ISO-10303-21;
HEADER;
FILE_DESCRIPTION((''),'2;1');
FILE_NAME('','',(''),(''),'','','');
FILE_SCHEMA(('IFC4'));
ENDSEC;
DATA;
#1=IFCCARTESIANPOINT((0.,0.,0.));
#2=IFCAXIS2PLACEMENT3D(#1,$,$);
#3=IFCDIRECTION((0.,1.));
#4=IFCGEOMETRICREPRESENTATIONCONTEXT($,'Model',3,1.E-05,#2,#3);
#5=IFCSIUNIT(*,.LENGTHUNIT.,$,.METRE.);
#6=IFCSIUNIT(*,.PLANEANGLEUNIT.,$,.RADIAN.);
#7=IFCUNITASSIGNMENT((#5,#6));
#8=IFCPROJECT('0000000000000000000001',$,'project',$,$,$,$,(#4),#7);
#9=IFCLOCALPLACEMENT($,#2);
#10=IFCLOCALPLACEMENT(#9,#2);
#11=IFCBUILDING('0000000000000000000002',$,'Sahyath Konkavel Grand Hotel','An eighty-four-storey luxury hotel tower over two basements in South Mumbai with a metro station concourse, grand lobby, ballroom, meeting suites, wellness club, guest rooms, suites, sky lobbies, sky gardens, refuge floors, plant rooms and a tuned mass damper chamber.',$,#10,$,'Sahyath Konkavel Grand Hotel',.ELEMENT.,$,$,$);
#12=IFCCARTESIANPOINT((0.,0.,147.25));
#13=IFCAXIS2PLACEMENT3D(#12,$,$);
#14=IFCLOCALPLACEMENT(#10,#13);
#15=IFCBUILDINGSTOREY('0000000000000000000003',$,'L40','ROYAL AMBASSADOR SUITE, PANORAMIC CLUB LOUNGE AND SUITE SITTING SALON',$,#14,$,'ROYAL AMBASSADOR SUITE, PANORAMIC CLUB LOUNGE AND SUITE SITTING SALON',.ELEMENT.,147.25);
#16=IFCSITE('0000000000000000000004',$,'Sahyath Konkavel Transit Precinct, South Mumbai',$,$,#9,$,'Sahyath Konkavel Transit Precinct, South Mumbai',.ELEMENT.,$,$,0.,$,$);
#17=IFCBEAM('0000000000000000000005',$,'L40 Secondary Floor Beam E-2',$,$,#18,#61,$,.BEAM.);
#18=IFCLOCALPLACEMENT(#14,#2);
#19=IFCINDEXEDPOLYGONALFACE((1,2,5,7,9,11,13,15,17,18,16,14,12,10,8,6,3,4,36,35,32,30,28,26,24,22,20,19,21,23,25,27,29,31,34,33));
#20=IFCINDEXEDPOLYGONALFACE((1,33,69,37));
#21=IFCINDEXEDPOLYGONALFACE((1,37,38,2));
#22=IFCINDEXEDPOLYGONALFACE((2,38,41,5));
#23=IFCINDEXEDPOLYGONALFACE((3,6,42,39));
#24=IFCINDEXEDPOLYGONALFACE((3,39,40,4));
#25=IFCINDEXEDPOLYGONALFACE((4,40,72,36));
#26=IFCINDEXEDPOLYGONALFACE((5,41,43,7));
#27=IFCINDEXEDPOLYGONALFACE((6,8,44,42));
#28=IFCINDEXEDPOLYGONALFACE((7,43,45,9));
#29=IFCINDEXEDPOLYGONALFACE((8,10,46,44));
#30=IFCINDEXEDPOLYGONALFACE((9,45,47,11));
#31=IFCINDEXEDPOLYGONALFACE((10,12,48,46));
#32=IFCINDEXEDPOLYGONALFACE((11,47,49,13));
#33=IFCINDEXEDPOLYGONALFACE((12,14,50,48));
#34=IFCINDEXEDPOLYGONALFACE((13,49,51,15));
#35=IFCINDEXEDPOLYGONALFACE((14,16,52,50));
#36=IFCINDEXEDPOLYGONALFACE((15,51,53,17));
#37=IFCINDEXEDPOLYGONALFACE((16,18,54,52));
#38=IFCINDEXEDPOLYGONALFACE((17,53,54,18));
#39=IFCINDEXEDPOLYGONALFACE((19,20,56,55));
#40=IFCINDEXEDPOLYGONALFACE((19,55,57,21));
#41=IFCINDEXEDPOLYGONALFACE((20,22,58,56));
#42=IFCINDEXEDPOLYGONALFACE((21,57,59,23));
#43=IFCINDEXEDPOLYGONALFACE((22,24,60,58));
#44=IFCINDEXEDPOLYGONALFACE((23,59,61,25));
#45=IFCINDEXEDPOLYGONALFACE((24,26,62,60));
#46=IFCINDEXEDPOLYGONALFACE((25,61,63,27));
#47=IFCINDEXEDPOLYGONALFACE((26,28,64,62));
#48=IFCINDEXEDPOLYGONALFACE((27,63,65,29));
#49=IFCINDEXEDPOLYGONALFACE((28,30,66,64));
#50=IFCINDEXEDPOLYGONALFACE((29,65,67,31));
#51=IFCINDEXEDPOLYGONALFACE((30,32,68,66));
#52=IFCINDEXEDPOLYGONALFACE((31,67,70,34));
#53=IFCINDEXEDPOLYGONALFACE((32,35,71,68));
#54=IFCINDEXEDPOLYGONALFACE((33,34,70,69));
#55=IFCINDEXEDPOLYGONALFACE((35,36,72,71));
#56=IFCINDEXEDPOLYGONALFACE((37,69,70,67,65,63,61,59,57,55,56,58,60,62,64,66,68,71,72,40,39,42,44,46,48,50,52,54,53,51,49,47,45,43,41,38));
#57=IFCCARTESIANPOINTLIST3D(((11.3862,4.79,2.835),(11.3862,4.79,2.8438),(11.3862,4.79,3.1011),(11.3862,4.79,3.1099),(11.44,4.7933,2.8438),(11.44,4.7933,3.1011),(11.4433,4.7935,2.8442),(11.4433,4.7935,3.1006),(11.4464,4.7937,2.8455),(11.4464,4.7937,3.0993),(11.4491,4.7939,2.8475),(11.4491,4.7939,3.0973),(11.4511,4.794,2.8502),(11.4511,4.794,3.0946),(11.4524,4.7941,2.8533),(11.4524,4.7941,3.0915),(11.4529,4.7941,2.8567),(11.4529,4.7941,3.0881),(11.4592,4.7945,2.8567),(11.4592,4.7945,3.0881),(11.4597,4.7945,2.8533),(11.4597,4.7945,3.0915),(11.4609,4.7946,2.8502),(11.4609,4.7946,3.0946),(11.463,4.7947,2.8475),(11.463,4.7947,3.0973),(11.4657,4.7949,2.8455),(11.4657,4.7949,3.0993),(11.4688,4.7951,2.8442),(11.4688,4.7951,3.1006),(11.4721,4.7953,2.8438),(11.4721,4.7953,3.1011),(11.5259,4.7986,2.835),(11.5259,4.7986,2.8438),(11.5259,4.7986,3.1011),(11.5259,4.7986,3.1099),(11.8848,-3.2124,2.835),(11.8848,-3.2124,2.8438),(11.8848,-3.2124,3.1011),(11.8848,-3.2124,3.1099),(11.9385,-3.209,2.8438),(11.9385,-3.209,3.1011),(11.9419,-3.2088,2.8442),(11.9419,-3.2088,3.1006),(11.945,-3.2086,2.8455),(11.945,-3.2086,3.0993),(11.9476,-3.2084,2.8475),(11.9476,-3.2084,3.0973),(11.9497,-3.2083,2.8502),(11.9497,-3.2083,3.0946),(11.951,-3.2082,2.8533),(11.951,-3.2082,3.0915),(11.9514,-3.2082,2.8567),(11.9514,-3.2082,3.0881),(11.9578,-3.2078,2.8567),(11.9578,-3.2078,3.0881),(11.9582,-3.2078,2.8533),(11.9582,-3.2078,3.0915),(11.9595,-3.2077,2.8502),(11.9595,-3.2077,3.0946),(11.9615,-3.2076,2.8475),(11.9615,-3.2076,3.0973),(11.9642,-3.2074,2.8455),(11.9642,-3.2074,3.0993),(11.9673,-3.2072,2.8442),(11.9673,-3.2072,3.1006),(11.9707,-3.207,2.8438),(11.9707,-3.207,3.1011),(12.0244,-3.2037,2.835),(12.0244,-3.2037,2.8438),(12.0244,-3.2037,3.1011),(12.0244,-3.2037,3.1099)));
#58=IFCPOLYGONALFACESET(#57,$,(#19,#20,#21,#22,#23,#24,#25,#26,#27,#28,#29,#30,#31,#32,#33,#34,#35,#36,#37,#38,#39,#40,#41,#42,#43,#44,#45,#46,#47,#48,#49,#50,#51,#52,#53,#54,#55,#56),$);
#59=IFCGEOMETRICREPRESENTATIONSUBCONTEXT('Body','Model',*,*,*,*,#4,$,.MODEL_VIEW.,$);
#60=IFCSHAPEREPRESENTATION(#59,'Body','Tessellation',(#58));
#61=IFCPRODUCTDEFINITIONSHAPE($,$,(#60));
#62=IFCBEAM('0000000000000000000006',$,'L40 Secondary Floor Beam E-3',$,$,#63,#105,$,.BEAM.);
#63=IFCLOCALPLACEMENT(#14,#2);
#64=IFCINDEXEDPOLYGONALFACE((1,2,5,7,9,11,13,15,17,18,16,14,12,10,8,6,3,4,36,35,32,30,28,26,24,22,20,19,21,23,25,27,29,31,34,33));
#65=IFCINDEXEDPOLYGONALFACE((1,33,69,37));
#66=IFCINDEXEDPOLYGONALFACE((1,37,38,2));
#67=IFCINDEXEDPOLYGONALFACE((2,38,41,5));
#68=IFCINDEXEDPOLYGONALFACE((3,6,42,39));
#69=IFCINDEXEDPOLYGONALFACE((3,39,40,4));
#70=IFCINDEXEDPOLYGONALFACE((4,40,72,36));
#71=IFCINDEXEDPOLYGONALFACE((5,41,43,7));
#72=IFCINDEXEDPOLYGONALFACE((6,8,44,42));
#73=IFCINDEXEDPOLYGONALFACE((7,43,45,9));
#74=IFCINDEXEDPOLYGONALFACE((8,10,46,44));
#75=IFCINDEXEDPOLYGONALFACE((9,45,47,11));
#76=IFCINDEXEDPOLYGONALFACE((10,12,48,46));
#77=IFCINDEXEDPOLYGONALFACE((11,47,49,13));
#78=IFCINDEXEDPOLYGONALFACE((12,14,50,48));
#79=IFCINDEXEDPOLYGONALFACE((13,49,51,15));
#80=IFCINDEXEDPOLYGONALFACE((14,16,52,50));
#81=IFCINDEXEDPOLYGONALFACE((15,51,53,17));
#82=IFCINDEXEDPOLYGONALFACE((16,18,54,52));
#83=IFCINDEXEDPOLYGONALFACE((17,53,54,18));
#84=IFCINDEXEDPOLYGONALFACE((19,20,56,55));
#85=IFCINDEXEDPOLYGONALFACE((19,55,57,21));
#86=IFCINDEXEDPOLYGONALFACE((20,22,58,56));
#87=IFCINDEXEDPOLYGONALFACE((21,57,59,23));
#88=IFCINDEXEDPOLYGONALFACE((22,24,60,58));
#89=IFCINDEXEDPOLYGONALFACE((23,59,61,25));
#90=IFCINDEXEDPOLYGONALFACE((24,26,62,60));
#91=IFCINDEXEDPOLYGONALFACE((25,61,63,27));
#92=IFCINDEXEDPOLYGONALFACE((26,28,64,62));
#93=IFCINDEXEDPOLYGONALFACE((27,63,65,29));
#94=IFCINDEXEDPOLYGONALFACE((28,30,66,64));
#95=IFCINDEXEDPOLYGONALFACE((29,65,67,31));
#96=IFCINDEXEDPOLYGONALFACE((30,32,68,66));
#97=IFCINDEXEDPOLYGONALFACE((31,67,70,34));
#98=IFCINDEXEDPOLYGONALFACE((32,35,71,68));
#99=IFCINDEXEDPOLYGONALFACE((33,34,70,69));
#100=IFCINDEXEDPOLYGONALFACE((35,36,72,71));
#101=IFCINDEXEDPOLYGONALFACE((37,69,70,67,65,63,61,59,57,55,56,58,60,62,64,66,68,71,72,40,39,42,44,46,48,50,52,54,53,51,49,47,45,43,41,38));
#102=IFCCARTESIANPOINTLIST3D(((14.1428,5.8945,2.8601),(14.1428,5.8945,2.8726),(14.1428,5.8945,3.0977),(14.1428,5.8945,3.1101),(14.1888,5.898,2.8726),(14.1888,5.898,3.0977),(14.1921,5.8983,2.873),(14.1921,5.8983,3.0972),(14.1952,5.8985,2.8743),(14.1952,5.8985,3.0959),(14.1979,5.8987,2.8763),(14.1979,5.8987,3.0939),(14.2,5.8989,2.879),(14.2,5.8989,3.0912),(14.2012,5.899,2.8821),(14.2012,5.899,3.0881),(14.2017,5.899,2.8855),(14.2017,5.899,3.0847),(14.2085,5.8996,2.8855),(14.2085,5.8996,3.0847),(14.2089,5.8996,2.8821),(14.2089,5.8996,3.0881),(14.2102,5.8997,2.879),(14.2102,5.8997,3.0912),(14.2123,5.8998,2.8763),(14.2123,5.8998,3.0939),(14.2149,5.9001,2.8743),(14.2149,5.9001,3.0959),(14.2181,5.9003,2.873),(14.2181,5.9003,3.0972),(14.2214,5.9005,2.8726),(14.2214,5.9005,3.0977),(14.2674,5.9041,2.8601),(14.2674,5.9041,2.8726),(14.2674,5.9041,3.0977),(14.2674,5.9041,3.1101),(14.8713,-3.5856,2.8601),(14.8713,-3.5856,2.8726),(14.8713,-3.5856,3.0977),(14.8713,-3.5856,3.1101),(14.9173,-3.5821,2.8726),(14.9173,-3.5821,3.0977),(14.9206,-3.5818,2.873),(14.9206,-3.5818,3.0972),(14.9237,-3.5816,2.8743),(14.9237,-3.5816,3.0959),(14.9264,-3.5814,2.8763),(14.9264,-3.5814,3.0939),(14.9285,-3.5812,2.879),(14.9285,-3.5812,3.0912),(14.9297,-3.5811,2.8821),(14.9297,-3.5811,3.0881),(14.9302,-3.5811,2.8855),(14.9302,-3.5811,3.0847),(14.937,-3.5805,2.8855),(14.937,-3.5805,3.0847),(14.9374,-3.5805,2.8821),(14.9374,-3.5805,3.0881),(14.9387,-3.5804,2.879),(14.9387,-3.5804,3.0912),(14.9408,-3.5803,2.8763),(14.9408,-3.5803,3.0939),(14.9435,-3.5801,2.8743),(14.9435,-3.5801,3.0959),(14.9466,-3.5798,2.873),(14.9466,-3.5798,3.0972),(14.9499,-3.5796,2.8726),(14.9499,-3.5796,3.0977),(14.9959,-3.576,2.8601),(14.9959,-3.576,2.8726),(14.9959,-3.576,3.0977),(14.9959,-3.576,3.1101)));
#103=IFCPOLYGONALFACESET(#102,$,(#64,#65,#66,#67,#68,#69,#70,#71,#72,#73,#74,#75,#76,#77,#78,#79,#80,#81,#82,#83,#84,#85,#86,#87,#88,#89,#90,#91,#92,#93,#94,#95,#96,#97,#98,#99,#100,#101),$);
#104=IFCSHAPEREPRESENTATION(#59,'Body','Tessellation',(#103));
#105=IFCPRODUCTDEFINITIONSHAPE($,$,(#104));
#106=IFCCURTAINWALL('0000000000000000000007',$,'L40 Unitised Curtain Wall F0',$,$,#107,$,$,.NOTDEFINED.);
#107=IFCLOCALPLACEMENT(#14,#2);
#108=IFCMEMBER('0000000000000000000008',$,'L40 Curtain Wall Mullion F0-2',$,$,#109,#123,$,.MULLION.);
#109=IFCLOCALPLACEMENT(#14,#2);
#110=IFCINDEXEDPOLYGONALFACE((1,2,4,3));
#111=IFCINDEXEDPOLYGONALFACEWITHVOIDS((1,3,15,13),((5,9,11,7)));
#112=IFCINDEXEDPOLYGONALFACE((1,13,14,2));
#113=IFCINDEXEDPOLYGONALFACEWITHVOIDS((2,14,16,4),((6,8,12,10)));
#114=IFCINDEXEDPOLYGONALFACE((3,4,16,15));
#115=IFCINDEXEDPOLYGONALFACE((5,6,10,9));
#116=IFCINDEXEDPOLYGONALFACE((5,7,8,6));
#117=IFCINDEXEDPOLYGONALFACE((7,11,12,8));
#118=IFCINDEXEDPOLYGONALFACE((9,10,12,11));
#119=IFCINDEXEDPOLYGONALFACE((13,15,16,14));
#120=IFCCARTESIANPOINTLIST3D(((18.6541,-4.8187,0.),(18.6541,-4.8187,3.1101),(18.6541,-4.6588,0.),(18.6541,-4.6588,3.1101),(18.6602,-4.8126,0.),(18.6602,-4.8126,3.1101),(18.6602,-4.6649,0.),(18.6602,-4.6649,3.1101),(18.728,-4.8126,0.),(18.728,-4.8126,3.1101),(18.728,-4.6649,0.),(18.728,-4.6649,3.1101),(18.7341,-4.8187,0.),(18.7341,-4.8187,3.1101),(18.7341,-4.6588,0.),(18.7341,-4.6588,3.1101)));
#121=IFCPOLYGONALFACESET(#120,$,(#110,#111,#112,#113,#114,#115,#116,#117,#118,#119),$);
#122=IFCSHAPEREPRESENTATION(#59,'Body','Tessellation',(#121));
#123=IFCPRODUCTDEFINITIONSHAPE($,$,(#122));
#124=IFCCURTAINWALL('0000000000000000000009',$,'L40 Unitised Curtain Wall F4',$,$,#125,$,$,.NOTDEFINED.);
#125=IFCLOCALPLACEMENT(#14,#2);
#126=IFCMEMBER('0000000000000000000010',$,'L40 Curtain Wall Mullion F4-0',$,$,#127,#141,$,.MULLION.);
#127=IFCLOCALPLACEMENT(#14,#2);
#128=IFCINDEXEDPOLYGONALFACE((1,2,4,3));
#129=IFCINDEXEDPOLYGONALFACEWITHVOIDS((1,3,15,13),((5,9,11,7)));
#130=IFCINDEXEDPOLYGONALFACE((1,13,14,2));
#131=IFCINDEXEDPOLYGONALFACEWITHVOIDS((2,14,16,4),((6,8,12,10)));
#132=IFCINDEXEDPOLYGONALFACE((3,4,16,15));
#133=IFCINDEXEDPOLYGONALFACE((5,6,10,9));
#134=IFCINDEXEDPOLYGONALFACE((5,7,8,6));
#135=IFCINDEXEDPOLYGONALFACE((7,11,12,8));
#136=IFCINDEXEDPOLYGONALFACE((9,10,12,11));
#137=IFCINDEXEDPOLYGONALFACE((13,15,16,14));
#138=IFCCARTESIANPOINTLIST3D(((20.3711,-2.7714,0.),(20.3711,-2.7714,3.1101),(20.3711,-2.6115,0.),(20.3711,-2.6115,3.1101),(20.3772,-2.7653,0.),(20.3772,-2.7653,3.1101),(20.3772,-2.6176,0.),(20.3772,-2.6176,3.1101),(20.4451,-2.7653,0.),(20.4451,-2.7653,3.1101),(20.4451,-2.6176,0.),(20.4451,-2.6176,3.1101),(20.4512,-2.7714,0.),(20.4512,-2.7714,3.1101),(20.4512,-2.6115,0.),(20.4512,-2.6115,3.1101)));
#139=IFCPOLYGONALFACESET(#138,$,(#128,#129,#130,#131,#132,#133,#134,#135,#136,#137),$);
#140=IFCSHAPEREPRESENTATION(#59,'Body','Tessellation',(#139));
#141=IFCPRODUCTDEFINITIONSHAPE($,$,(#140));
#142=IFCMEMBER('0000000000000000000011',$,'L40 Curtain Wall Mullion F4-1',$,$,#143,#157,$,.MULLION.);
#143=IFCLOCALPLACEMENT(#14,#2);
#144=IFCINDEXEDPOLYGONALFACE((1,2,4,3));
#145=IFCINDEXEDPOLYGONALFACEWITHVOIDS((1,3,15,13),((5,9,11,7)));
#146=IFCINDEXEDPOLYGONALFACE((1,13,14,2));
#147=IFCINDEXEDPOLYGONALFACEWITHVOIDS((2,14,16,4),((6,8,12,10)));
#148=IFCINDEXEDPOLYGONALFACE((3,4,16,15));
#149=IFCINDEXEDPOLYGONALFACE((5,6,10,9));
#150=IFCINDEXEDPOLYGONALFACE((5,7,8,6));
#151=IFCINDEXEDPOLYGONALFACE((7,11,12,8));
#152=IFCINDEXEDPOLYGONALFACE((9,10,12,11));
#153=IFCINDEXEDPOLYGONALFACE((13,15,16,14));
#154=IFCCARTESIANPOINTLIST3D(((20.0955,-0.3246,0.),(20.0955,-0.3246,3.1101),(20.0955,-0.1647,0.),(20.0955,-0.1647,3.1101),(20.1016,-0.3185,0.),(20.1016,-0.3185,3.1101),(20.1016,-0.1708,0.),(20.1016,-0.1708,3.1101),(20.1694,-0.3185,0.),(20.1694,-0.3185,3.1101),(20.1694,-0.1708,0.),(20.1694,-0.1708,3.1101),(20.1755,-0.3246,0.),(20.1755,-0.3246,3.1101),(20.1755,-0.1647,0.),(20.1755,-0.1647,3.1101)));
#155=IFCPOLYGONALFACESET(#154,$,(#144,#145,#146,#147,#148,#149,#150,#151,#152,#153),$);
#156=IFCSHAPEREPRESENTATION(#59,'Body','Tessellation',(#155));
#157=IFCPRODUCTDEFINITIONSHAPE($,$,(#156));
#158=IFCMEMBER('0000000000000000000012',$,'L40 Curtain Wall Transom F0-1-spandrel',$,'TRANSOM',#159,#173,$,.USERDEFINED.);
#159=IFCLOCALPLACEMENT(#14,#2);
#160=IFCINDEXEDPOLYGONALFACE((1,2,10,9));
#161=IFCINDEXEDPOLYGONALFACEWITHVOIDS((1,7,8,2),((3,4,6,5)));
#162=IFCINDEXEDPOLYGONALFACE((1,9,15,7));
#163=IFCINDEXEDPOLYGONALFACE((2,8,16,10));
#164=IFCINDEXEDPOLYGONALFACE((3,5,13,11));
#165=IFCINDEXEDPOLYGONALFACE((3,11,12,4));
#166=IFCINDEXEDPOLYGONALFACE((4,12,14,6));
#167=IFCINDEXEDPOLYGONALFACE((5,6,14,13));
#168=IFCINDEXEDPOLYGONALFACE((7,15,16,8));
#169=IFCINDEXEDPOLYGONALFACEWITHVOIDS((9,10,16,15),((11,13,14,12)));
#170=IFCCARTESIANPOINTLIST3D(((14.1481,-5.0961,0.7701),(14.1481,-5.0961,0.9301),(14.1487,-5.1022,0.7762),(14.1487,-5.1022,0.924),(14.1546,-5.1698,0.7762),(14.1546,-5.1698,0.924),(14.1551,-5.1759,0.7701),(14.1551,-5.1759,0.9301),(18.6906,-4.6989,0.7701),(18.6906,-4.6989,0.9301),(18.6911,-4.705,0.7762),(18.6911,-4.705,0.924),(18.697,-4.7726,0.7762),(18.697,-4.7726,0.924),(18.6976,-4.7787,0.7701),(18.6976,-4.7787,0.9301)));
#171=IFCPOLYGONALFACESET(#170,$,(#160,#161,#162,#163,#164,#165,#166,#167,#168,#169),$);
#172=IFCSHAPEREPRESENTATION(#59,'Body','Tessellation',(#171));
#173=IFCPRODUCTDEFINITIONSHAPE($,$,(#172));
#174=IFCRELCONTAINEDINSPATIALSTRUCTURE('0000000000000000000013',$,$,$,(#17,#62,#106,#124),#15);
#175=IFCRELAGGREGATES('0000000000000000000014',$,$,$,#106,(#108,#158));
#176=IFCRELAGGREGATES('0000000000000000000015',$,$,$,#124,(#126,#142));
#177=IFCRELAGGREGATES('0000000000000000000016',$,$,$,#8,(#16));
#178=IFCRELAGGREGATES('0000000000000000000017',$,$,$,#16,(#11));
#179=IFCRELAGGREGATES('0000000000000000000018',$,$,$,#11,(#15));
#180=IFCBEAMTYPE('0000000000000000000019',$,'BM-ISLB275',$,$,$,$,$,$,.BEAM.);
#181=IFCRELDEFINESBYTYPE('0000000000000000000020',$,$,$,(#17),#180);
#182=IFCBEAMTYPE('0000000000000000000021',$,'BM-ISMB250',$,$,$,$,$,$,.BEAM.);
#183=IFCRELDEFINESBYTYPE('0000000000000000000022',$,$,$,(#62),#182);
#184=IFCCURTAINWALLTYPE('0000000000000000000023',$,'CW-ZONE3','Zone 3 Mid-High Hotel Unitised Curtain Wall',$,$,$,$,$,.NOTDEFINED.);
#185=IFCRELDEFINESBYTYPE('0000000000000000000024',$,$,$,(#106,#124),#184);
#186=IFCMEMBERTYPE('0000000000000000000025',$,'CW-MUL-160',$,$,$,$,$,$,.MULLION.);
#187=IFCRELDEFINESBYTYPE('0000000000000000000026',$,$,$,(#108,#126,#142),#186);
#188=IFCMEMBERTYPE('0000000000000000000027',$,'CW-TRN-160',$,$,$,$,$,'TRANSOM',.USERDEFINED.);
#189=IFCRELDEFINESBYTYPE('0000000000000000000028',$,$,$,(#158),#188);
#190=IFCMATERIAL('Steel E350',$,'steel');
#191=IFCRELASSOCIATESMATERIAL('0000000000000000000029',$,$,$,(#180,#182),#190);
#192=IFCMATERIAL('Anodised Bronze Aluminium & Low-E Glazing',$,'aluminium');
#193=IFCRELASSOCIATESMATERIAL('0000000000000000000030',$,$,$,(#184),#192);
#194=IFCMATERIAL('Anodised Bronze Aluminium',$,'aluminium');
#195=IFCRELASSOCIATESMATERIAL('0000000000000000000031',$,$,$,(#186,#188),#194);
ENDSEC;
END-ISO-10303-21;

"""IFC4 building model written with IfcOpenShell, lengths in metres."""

from ifc_helpers import new_model, si_unit, direction, frame, origin, origin_2d, place, context, subcontext, project, spatial, hollow_rectangle, i_section, extrude, source, transform, mapped, material, material_profile, profile_set, type_object, element, aggregate, save


model = new_model("IFC4")

# Units and contexts
model_context = context("Model", 3, precision=1e-05, world=origin(), true_north=direction((0.0, 1.0)))
body_context = subcontext(model_context, "Body", "Model", "MODEL_VIEW")
ifc_project = project(units=[si_unit("LENGTHUNIT", "METRE"), si_unit("PLANEANGLEUNIT", "RADIAN")], contexts=[model_context])

# Site, building, storey
site_placement = place(None, origin())
site = spatial("IfcSite", under=ifc_project, at=site_placement, Name="Sahyath Konkavel Transit Precinct, South Mumbai", LongName="Sahyath Konkavel Transit Precinct, South Mumbai", CompositionType="ELEMENT", RefElevation=0.0)
building_placement = place(site_placement, origin())
building = spatial("IfcBuilding", under=site, at=building_placement, Name="Sahyath Konkavel Grand Hotel", Description="An eighty-four-storey luxury hotel tower over two basements in South Mumbai with a metro station concourse, grand lobby, ballroom, meeting suites, wellness club, guest rooms, suites, sky lobbies, sky gardens, refuge floors, plant rooms and a tuned mass damper chamber.", LongName="Sahyath Konkavel Grand Hotel", CompositionType="ELEMENT")
storey_placement = place(building_placement, frame((0.0, 0.0, 147.25)))
storey = spatial("IfcBuildingStorey", under=building, at=storey_placement, Name="L40", Description="ROYAL AMBASSADOR SUITE, PANORAMIC CLUB LOUNGE AND SUITE SITTING SALON", LongName="ROYAL AMBASSADOR SUITE, PANORAMIC CLUB LOUNGE AND SUITE SITTING SALON", CompositionType="ELEMENT", Elevation=147.25)

# Beams
ifc_material_1 = material(Name="Steel E350", Category="steel")
ifc_material_profile_1 = material_profile(ifc_material_1, i_section(OverallWidth=0.1399, OverallDepth=0.2749, WebThickness=0.0063, FlangeThickness=0.0088, FilletRadius=0.0129, at=origin_2d()), Name="ISLB 275")
ifc_profile_set_1 = profile_set([ifc_material_profile_1], Name="Steel E350")
beam_type_1 = type_object("IfcBeamType", Name="BM-ISLB275", PredefinedType="BEAM", material=ifc_profile_set_1)
shared_shape_1 = source(origin(), body_context, "Body", "SweptSolid", [
    extrude(i_section(OverallWidth=0.1399, OverallDepth=0.2749, WebThickness=0.0063, FlangeThickness=0.0088, FilletRadius=0.0129, at=origin_2d()), origin(), (0.0, 0.0, 1.0), 8.0178),
])
beam_1_placement = place(storey_placement, frame((11.9546, -3.208, 2.9724), z_axis=(-0.062179, 0.998065, 0.0), x_axis=(-0.998065, -0.062179, 0.0)))
element("IfcBeam", 1, at=beam_1_placement, inside=storey, type_object=beam_type_1, Name="L40 Secondary Floor Beam E-2", PredefinedType="BEAM", context=body_context, shape_type="MappedRepresentation", body=[
    mapped(shared_shape_1, transform((0.0, 0.0, 0.0), scale=1.0)),
])
ifc_material_profile_2 = material_profile(ifc_material_1, i_section(OverallWidth=0.125, OverallDepth=0.25, WebThickness=0.0068, FlangeThickness=0.0125, FilletRadius=0.0129, at=origin_2d()), Name="ISMB 250")
ifc_profile_set_2 = profile_set([ifc_material_profile_2], Name="Steel E350")
beam_type_2 = type_object("IfcBeamType", Name="BM-ISMB250", PredefinedType="BEAM", material=ifc_profile_set_2)
shared_shape_2 = source(origin(), body_context, "Body", "SweptSolid", [
    extrude(i_section(OverallWidth=0.125, OverallDepth=0.25, WebThickness=0.0068, FlangeThickness=0.0125, FilletRadius=0.0129, at=origin_2d()), origin(), (0.0, 0.0, 1.0), 9.5081),
])
beam_2_placement = place(storey_placement, frame((14.9336, -3.5808, 2.9851), z_axis=(-0.07662, 0.99706, 0.0), x_axis=(-0.99706, -0.07662, 0.0)))
element("IfcBeam", 2, at=beam_2_placement, inside=storey, type_object=beam_type_2, Name="L40 Secondary Floor Beam E-3", PredefinedType="BEAM", context=body_context, shape_type="MappedRepresentation", body=[
    mapped(shared_shape_2, transform((0.0, 0.0, 0.0), scale=1.0)),
])

# Curtain wall, member
ifc_material_2 = material(Name="Anodised Bronze Aluminium & Low-E Glazing", Category="aluminium")
curtain_wall_type = type_object("IfcCurtainWallType", Name="CW-ZONE3", Description="Zone 3 Mid-High Hotel Unitised Curtain Wall", PredefinedType="NOTDEFINED", material=ifc_material_2)
curtain_wall_1_placement = place(storey_placement, origin())
curtain_wall_1 = element("IfcCurtainWall", 3, at=curtain_wall_1_placement, inside=storey, type_object=curtain_wall_type, Name="L40 Unitised Curtain Wall F0", PredefinedType="NOTDEFINED")
ifc_material_3 = material(Name="Anodised Bronze Aluminium", Category="aluminium")
ifc_material_profile_3 = material_profile(ifc_material_3, hollow_rectangle(XDim=0.0801, YDim=0.1599, WallThickness=0.0061, at=origin_2d()), Name="RHS 160x80x6")
ifc_profile_set_3 = profile_set([ifc_material_profile_3], Name="Anodised Bronze Aluminium")
member_type_1 = type_object("IfcMemberType", Name="CW-MUL-160", PredefinedType="MULLION", material=ifc_profile_set_3)
shared_shape_3 = source(origin(), body_context, "Body", "SweptSolid", [
    extrude(hollow_rectangle(XDim=0.0801, YDim=0.1599, WallThickness=0.0061, at=origin_2d()), origin(), (0.0, 0.0, 1.0), 3.1101),
])
member_1_placement = place(storey_placement, frame((18.6941, -4.7388, 0.0), z_axis=(0.0, 0.0, 1.0), x_axis=(1.0, 0.0, 0.0)))
member_1 = element("IfcMember", 4, at=member_1_placement, type_object=member_type_1, Name="L40 Curtain Wall Mullion F0-2", PredefinedType="MULLION", context=body_context, shape_type="MappedRepresentation", body=[
    mapped(shared_shape_3, transform((0.0, 0.0, 0.0), scale=1.0)),
])

# Curtain wall, members
curtain_wall_2_placement = place(storey_placement, origin())
curtain_wall_2 = element("IfcCurtainWall", 5, at=curtain_wall_2_placement, inside=storey, type_object=curtain_wall_type, Name="L40 Unitised Curtain Wall F4", PredefinedType="NOTDEFINED")
member_2_placement = place(storey_placement, frame((20.4111, -2.6914, 0.0), z_axis=(0.0, 0.0, 1.0), x_axis=(1.0, 0.0, 0.0)))
member_2 = element("IfcMember", 6, at=member_2_placement, type_object=member_type_1, Name="L40 Curtain Wall Mullion F4-0", PredefinedType="MULLION", context=body_context, shape_type="MappedRepresentation", body=[
    mapped(shared_shape_3, transform((0.0, 0.0, 0.0), scale=1.0)),
])
member_3_placement = place(storey_placement, frame((20.1355, -0.2446, 0.0), z_axis=(0.0, 0.0, 1.0), x_axis=(1.0, 0.0, 0.0)))
member_3 = element("IfcMember", 7, at=member_3_placement, type_object=member_type_1, Name="L40 Curtain Wall Mullion F4-1", PredefinedType="MULLION", context=body_context, shape_type="MappedRepresentation", body=[
    mapped(shared_shape_3, transform((0.0, 0.0, 0.0), scale=1.0)),
])

# Member
ifc_material_profile_4 = material_profile(ifc_material_3, hollow_rectangle(XDim=0.0801, YDim=0.1599, WallThickness=0.0061, at=origin_2d()), Name="RHS 160x80x6")
ifc_profile_set_4 = profile_set([ifc_material_profile_4], Name="Anodised Bronze Aluminium")
member_type_2 = type_object("IfcMemberType", Name="CW-TRN-160", ElementType="TRANSOM", PredefinedType="USERDEFINED", material=ifc_profile_set_4)
shared_shape_4 = source(origin(), body_context, "Body", "SweptSolid", [
    extrude(hollow_rectangle(XDim=0.0801, YDim=0.1599, WallThickness=0.0061, at=origin_2d()), origin(), (0.0, 0.0, 1.0), 4.5598),
])
member_4_placement = place(storey_placement, frame((14.1516, -5.136, 0.8501), z_axis=(0.996198, 0.087112, 0.0), x_axis=(-0.087112, 0.996198, 0.0)))
member_4 = element("IfcMember", 8, at=member_4_placement, type_object=member_type_2, Name="L40 Curtain Wall Transom F0-1-spandrel", ObjectType="TRANSOM", PredefinedType="USERDEFINED", context=body_context, shape_type="MappedRepresentation", body=[
    mapped(shared_shape_4, transform((0.0, 0.0, 0.0), scale=1.0)),
])

aggregate(curtain_wall_1, [member_1, member_4])
aggregate(curtain_wall_2, [member_2, member_3])

save(model, "model.ifc")
